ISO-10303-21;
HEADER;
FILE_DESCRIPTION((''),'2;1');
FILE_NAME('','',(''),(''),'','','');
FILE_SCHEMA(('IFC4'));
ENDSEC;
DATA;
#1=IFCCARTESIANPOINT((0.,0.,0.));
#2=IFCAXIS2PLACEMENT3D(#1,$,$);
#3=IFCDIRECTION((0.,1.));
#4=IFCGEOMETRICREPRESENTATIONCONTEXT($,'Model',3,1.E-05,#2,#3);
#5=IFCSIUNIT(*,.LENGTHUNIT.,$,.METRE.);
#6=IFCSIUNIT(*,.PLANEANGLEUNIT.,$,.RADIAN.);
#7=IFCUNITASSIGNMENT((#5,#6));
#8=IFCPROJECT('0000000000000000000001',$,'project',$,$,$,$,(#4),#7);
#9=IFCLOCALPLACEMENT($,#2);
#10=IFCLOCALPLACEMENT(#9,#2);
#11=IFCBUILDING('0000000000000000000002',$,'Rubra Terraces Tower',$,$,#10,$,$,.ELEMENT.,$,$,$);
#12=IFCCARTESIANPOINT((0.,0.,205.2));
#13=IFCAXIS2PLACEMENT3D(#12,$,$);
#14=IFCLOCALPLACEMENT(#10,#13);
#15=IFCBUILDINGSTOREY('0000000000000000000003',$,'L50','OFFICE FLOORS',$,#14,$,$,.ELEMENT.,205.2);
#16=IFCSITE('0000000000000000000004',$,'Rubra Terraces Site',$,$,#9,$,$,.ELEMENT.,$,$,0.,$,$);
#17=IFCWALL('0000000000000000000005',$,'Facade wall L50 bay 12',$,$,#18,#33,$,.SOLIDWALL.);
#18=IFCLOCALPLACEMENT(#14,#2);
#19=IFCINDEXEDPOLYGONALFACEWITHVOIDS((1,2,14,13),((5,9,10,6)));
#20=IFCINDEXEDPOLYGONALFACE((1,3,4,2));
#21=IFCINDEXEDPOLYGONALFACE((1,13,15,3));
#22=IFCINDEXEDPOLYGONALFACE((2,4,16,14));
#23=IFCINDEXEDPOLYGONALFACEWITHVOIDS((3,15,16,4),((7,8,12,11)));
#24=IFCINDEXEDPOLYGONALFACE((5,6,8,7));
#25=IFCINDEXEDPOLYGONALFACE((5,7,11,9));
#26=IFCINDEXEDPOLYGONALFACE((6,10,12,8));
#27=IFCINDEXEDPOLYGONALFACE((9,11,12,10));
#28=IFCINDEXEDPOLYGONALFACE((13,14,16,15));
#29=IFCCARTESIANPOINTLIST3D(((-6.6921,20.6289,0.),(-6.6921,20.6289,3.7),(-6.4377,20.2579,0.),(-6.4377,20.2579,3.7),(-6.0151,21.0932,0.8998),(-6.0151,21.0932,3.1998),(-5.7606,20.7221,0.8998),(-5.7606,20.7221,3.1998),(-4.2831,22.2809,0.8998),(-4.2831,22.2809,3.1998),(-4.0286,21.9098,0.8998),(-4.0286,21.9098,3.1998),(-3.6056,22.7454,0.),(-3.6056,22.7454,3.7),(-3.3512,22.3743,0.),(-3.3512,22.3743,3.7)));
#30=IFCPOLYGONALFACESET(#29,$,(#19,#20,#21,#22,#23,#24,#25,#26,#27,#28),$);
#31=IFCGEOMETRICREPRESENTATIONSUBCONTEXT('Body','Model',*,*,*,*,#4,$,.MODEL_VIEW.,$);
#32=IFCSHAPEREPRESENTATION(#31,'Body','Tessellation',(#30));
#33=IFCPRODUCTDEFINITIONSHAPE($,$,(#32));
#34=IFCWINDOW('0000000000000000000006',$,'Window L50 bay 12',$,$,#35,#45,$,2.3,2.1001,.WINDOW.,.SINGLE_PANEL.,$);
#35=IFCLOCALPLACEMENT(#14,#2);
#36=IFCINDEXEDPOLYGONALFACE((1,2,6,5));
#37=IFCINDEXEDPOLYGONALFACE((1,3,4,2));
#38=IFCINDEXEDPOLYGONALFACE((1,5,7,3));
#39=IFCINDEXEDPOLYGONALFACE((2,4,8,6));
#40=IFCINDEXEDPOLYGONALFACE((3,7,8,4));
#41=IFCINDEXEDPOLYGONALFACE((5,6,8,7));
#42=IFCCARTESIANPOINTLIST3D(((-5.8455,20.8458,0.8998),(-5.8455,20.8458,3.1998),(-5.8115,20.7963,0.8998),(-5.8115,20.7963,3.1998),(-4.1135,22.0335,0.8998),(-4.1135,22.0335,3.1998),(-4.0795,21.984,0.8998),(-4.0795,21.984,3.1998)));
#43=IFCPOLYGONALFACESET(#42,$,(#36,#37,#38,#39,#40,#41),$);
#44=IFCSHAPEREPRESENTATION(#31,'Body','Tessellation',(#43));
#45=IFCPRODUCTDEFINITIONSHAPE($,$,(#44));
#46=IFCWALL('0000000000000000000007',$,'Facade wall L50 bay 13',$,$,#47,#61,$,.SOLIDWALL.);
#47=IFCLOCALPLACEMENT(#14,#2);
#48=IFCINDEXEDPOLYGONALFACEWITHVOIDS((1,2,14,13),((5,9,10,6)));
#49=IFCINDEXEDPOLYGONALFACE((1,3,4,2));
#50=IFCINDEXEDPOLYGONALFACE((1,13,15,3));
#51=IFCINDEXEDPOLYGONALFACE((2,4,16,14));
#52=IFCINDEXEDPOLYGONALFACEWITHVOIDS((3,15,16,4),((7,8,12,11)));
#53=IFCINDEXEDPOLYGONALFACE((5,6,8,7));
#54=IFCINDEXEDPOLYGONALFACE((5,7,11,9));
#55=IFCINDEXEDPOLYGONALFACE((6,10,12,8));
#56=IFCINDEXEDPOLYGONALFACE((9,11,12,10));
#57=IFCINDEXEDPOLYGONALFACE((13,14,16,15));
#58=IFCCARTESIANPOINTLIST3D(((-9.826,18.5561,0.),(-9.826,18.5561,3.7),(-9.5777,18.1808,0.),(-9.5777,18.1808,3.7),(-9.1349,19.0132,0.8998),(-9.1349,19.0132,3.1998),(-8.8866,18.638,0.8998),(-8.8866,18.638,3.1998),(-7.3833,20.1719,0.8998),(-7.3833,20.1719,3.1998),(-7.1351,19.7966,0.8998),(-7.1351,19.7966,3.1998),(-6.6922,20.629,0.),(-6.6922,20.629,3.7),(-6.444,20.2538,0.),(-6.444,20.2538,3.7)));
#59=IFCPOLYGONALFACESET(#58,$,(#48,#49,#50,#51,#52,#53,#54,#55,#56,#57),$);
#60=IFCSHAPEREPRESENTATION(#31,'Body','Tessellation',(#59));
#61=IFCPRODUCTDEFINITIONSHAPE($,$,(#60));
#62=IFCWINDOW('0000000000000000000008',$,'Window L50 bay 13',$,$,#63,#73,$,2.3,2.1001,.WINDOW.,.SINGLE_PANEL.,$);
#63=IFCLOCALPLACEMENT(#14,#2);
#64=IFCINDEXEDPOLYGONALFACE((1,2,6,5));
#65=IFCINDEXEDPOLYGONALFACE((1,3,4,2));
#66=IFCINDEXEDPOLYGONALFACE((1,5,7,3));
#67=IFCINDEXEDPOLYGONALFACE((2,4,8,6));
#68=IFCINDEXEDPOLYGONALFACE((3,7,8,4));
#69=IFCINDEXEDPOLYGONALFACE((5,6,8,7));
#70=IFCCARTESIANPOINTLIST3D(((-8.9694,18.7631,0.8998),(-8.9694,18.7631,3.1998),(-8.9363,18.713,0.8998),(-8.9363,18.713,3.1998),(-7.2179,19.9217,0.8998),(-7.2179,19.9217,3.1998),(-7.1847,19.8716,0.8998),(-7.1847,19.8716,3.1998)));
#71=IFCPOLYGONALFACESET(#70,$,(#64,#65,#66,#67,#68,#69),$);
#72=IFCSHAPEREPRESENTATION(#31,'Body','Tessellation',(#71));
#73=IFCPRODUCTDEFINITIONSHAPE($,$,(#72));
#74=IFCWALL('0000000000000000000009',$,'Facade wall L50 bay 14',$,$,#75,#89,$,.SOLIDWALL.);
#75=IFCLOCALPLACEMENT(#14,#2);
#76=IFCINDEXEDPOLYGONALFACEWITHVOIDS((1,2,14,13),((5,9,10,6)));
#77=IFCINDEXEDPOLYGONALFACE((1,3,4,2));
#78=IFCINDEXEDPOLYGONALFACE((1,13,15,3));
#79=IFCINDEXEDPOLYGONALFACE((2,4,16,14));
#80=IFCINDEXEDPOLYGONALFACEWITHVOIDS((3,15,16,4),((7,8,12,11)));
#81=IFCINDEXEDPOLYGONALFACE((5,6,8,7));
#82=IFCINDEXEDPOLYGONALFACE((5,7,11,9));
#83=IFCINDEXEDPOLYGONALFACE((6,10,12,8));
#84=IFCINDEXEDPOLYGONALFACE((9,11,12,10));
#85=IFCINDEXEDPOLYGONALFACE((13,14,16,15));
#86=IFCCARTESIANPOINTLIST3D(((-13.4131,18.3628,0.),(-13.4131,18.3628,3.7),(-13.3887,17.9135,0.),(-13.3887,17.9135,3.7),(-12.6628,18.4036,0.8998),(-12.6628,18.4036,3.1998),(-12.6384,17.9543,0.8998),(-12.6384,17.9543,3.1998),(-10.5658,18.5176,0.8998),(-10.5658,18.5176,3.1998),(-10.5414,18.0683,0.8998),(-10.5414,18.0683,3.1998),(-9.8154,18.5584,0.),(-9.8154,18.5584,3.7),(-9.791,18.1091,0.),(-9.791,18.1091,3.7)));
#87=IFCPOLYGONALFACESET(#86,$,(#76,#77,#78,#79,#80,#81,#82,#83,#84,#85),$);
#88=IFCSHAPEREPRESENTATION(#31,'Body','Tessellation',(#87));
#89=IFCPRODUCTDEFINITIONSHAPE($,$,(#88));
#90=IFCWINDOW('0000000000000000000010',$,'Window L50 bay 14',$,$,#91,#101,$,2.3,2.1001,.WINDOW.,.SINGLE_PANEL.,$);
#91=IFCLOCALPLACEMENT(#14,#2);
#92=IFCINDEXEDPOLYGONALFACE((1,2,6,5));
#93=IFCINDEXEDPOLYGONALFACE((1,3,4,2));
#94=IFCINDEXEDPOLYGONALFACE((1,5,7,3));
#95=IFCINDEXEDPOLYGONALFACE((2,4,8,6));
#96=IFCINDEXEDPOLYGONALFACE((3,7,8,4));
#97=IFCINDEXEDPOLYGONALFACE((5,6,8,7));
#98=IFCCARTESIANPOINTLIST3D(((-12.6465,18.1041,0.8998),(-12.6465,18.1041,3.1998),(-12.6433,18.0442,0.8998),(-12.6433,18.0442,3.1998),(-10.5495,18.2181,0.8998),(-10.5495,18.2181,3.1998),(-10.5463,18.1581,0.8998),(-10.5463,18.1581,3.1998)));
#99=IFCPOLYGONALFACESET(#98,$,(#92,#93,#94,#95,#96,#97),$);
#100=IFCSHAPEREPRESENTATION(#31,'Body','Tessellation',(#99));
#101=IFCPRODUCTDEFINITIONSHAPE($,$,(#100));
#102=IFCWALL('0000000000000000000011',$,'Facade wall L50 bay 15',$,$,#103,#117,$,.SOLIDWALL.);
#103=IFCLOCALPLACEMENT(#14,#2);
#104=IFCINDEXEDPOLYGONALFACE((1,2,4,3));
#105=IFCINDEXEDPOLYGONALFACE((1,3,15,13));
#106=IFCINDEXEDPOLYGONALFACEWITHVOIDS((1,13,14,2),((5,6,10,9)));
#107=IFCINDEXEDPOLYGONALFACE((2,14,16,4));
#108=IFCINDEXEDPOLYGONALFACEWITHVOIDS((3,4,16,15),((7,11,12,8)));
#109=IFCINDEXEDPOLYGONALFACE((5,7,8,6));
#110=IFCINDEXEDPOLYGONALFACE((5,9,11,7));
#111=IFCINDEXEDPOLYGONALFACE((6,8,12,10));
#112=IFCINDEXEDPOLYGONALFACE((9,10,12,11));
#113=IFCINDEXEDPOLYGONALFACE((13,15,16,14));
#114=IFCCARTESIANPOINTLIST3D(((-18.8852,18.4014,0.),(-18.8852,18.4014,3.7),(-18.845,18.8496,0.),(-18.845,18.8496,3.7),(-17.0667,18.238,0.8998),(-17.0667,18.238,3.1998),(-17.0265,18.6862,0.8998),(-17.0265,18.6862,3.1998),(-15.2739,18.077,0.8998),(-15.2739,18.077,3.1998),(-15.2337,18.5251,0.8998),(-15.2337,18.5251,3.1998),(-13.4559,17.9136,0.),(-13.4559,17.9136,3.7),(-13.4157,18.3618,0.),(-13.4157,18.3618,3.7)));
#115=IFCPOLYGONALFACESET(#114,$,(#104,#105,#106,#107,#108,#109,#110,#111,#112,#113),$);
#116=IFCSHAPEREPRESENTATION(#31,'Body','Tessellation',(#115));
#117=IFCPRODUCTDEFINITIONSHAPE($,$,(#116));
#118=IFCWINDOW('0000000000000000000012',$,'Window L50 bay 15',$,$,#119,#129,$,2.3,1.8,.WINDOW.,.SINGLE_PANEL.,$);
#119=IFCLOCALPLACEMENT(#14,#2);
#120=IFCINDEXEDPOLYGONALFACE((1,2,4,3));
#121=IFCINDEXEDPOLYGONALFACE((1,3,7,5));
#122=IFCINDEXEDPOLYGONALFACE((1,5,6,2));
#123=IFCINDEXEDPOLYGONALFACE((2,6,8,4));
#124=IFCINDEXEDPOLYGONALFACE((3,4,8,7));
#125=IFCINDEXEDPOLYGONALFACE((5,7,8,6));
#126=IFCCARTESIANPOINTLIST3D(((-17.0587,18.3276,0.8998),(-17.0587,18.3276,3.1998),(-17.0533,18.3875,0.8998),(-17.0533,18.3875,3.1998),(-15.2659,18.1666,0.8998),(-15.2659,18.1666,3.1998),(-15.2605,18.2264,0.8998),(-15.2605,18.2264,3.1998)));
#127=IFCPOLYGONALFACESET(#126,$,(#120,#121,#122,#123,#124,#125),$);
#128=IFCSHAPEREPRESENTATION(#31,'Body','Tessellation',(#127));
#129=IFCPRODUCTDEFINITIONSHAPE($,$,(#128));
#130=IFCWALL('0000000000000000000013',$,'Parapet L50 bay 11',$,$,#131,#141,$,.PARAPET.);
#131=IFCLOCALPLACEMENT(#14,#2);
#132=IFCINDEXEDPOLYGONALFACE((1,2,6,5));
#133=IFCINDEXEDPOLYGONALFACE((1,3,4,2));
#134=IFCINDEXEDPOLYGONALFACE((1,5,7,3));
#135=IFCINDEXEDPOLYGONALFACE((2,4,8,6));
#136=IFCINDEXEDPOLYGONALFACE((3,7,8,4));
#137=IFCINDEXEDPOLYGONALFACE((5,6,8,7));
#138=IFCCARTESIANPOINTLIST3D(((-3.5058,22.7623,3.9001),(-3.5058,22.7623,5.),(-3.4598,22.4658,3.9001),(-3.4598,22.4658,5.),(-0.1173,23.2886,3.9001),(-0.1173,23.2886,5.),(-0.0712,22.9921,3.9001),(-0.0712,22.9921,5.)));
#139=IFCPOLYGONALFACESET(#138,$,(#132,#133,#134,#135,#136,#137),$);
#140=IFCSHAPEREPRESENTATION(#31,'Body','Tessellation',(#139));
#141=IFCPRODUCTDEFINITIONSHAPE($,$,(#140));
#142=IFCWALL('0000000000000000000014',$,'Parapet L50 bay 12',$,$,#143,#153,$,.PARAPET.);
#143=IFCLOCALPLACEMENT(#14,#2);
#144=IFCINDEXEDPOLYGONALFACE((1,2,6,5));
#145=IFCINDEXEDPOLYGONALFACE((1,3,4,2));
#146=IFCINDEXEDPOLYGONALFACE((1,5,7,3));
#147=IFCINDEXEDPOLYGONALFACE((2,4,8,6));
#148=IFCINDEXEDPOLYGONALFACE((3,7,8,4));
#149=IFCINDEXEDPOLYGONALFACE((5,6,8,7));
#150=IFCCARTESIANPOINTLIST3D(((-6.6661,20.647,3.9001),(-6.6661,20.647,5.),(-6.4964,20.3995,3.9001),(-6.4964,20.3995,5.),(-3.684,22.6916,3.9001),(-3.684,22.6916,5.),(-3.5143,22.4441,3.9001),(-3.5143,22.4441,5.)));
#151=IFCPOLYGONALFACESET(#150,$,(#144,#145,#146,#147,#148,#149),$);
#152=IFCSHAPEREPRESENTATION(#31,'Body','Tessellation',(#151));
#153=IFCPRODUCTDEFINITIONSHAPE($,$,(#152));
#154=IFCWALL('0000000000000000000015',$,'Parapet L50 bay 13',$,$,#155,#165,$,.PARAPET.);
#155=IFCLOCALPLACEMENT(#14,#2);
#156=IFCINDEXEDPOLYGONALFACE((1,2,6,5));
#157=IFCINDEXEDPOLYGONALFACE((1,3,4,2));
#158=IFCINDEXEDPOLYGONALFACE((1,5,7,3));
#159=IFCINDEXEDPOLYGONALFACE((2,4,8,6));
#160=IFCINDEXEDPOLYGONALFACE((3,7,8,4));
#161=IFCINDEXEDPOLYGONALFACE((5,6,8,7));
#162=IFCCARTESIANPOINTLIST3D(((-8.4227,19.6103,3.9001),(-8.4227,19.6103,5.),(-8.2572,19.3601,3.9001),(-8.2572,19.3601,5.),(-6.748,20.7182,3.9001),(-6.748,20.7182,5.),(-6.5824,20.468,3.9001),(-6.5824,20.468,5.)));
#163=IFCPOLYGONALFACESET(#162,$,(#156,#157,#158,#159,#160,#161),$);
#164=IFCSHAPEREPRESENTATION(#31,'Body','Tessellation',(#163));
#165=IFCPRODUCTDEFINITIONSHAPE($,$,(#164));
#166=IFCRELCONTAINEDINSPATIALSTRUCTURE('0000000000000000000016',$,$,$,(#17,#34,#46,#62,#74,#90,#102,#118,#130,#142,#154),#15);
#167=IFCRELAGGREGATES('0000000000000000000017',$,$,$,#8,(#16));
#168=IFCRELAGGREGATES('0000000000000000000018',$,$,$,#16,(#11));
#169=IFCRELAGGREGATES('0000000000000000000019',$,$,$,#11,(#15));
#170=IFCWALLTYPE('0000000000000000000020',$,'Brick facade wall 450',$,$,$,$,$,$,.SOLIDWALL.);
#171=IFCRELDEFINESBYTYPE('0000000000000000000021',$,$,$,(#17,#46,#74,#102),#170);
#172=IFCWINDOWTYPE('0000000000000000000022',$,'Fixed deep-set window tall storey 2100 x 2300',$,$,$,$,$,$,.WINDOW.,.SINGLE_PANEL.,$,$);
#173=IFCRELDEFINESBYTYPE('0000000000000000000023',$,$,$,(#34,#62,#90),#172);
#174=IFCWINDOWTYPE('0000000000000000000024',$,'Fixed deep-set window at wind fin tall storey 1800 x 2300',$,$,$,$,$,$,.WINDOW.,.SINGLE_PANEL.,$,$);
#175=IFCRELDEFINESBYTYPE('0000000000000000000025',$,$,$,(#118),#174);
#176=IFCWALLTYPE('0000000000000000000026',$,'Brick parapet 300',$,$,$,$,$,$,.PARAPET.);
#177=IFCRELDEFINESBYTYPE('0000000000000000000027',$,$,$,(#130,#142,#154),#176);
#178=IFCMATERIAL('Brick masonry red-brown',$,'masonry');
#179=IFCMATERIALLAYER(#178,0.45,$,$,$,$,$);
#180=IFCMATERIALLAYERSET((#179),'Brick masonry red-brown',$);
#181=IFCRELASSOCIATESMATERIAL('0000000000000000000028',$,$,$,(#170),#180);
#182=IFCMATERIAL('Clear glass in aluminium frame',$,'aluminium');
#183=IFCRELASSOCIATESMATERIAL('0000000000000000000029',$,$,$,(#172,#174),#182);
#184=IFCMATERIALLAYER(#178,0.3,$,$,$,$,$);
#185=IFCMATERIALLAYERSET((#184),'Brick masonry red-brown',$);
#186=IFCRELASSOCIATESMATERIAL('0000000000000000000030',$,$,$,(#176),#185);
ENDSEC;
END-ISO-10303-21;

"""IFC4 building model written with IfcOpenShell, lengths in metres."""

from ifc_helpers import new_model, si_unit, direction, frame, frame_2d, origin, place, context, subcontext, project, spatial, rectangle, extrude, material, layer, layer_set, type_object, element, fill, save


model = new_model("IFC4")

# Units and contexts
model_context = context("Model", 3, precision=1e-05, world=origin(), true_north=direction((0.0, 1.0)))
body_context = subcontext(model_context, "Body", "Model", "MODEL_VIEW")
ifc_project = project(units=[si_unit("LENGTHUNIT", "METRE"), si_unit("PLANEANGLEUNIT", "RADIAN")], contexts=[model_context])

# Site, building, storey
site_placement = place(None, origin())
site = spatial("IfcSite", under=ifc_project, at=site_placement, Name="Rubra Terraces Site", CompositionType="ELEMENT", RefElevation=0.0)
building_placement = place(site_placement, origin())
building = spatial("IfcBuilding", under=site, at=building_placement, Name="Rubra Terraces Tower", CompositionType="ELEMENT")
storey_placement = place(building_placement, frame((0.0, 0.0, 205.2)))
storey = spatial("IfcBuildingStorey", under=building, at=storey_placement, Name="L50", Description="OFFICE FLOORS", CompositionType="ELEMENT", Elevation=205.2)

# Walls, openings, windows
ifc_material_1 = material(Name="Brick masonry red-brown", Category="masonry")
ifc_layer_1 = layer(ifc_material_1, 0.45)
ifc_layer_set_1 = layer_set([ifc_layer_1], Name="Brick masonry red-brown")
wall_type_1 = type_object("IfcWallType", Name="Brick facade wall 450", PredefinedType="SOLIDWALL", material=ifc_layer_set_1)
wall_1_placement = place(storey_placement, frame((-3.4785, 22.5598, 0.0), z_axis=(0.0, 0.0, 1.0), x_axis=(-0.824723, -0.565537, 0.0)))
wall_1 = element("IfcWall", 1, at=wall_1_placement, inside=storey, type_object=wall_type_1, Name="Facade wall L50 bay 12", PredefinedType="SOLIDWALL", context=body_context, shape_type="SweptSolid", body=[
    extrude(rectangle(XDim=3.7424, YDim=0.45, at=frame_2d((1.8711, 0.0))), origin(), (0.0, 0.0, 1.0), 3.7),
])
opening_1_placement = place(wall_1_placement, frame((0.8213, 0.0, 0.8999)))
opening_1 = element("IfcOpeningElement", 2, at=opening_1_placement, cuts=wall_1, PredefinedType="OPENING", context=body_context, shape_type="SweptSolid", body=[
    extrude(rectangle(XDim=2.1001, YDim=2.3, at=frame_2d((1.05, 1.1499))), frame((0.0, 0.2349, 0.0), z_axis=(0.0, -1.0, 0.0), x_axis=(1.0, 0.0, 0.0)), (0.0, 0.0, 1.0), 0.47),
])
ifc_material_2 = material(Name="Clear glass in aluminium frame", Category="aluminium")
window_type_1 = type_object("IfcWindowType", Name="Fixed deep-set window tall storey 2100 x 2300", PartitioningType="SINGLE_PANEL", PredefinedType="WINDOW", material=ifc_material_2)
window_1_placement = place(opening_1_placement, origin())
window_1 = element("IfcWindow", 3, at=window_1_placement, inside=storey, type_object=window_type_1, Name="Window L50 bay 12", OverallHeight=2.3, OverallWidth=2.1001, PartitioningType="SINGLE_PANEL", PredefinedType="WINDOW", context=body_context, shape_type="SweptSolid", body=[
    extrude(rectangle(XDim=2.1001, YDim=2.3, at=frame_2d((1.05, 1.1499))), frame((0.0, 0.135, 0.0), z_axis=(0.0, -1.0, 0.0), x_axis=(1.0, 0.0, 0.0)), (0.0, 0.0, 1.0), 0.0601),
])
fill(opening_1, window_1)
wall_2_placement = place(storey_placement, frame((-6.5681, 20.4414, 0.0), z_axis=(0.0, 0.0, 1.0), x_axis=(-0.834034, -0.551713, 0.0)))
wall_2 = element("IfcWall", 4, at=wall_2_placement, inside=storey, type_object=wall_type_1, Name="Facade wall L50 bay 13", PredefinedType="SOLIDWALL", context=body_context, shape_type="SweptSolid", body=[
    extrude(rectangle(XDim=3.7573, YDim=0.45, at=frame_2d((1.8787, 0.0))), origin(), (0.0, 0.0, 1.0), 3.7),
])
opening_2_placement = place(wall_2_placement, frame((0.8286, 0.0, 0.8999)))
opening_2 = element("IfcOpeningElement", 5, at=opening_2_placement, cuts=wall_2, PredefinedType="OPENING", context=body_context, shape_type="SweptSolid", body=[
    extrude(rectangle(XDim=2.1001, YDim=2.3, at=frame_2d((1.05, 1.1499))), frame((0.0, 0.2349, 0.0), z_axis=(0.0, -1.0, 0.0), x_axis=(1.0, 0.0, 0.0)), (0.0, 0.0, 1.0), 0.47),
])
window_2_placement = place(opening_2_placement, origin())
window_2 = element("IfcWindow", 6, at=window_2_placement, inside=storey, type_object=window_type_1, Name="Window L50 bay 13", OverallHeight=2.3, OverallWidth=2.1001, PartitioningType="SINGLE_PANEL", PredefinedType="WINDOW", context=body_context, shape_type="SweptSolid", body=[
    extrude(rectangle(XDim=2.1001, YDim=2.3, at=frame_2d((1.05, 1.1499))), frame((0.0, 0.135, 0.0), z_axis=(0.0, -1.0, 0.0), x_axis=(1.0, 0.0, 0.0)), (0.0, 0.0, 1.0), 0.0601),
])
fill(opening_2, window_2)
wall_3_placement = place(storey_placement, frame((-9.8032, 18.3337, 0.0), z_axis=(0.0, 0.0, 1.0), x_axis=(-0.998526, -0.054277, 0.0)))
wall_3 = element("IfcWall", 7, at=wall_3_placement, inside=storey, type_object=wall_type_1, Name="Facade wall L50 bay 14", PredefinedType="SOLIDWALL", context=body_context, shape_type="SweptSolid", body=[
    extrude(rectangle(XDim=3.603, YDim=0.45, at=frame_2d((1.8015, 0.0))), origin(), (0.0, 0.0, 1.0), 3.7),
])
opening_3_placement = place(wall_3_placement, frame((0.7515, 0.0, 0.8999)))
opening_3 = element("IfcOpeningElement", 8, at=opening_3_placement, cuts=wall_3, PredefinedType="OPENING", context=body_context, shape_type="SweptSolid", body=[
    extrude(rectangle(XDim=2.1001, YDim=2.3, at=frame_2d((1.05, 1.1499))), frame((0.0, 0.2349, 0.0), z_axis=(0.0, -1.0, 0.0), x_axis=(1.0, 0.0, 0.0)), (0.0, 0.0, 1.0), 0.47),
])
window_3_placement = place(opening_3_placement, origin())
window_3 = element("IfcWindow", 9, at=window_3_placement, inside=storey, type_object=window_type_1, Name="Window L50 bay 14", OverallHeight=2.3, OverallWidth=2.1001, PartitioningType="SINGLE_PANEL", PredefinedType="WINDOW", context=body_context, shape_type="SweptSolid", body=[
    extrude(rectangle(XDim=2.1001, YDim=2.3, at=frame_2d((1.05, 1.1499))), frame((0.0, 0.135, 0.0), z_axis=(0.0, -1.0, 0.0), x_axis=(1.0, 0.0, 0.0)), (0.0, 0.0, 1.0), 0.0601),
])
fill(opening_3, window_3)
wall_4_placement = place(storey_placement, frame((-13.4358, 18.1377, 0.0), z_axis=(0.0, 0.0, 1.0), x_axis=(-0.995988, 0.089486, 0.0)))
wall_4 = element("IfcWall", 10, at=wall_4_placement, inside=storey, type_object=wall_type_1, Name="Facade wall L50 bay 15", PredefinedType="SOLIDWALL", context=body_context, shape_type="SweptSolid", body=[
    extrude(rectangle(XDim=5.4512, YDim=0.45, at=frame_2d((2.7256, 0.0))), origin(), (0.0, 0.0, 1.0), 3.7),
])
opening_4_placement = place(wall_4_placement, frame((1.8254, 0.0, 0.8999)))
opening_4 = element("IfcOpeningElement", 11, at=opening_4_placement, cuts=wall_4, PredefinedType="OPENING", context=body_context, shape_type="SweptSolid", body=[
    extrude(rectangle(XDim=1.8, YDim=2.3, at=frame_2d((0.8999, 1.1499))), frame((0.0, 0.2349, 0.0), z_axis=(0.0, -1.0, 0.0), x_axis=(1.0, 0.0, 0.0)), (0.0, 0.0, 1.0), 0.47),
])
window_type_2 = type_object("IfcWindowType", Name="Fixed deep-set window at wind fin tall storey 1800 x 2300", PartitioningType="SINGLE_PANEL", PredefinedType="WINDOW", material=ifc_material_2)
window_4_placement = place(opening_4_placement, origin())
window_4 = element("IfcWindow", 12, at=window_4_placement, inside=storey, type_object=window_type_2, Name="Window L50 bay 15", OverallHeight=2.3, OverallWidth=1.8, PartitioningType="SINGLE_PANEL", PredefinedType="WINDOW", context=body_context, shape_type="SweptSolid", body=[
    extrude(rectangle(XDim=1.8, YDim=2.3, at=frame_2d((0.8999, 1.1499))), frame((0.0, 0.135, 0.0), z_axis=(0.0, -1.0, 0.0), x_axis=(1.0, 0.0, 0.0)), (0.0, 0.0, 1.0), 0.0601),
])
fill(opening_4, window_4)

# Walls
ifc_layer_2 = layer(ifc_material_1, 0.3)
ifc_layer_set_2 = layer_set([ifc_layer_2], Name="Brick masonry red-brown")
wall_type_2 = type_object("IfcWallType", Name="Brick parapet 300", PredefinedType="PARAPET", material=ifc_layer_set_2)
wall_5_placement = place(storey_placement, frame((-0.0942, 23.1404, 3.9001), z_axis=(0.0, 0.0, 1.0), x_axis=(-0.98815, -0.153491, 0.0)))
element("IfcWall", 13, at=wall_5_placement, inside=storey, type_object=wall_type_2, Name="Parapet L50 bay 11", PredefinedType="PARAPET", context=body_context, shape_type="SweptSolid", body=[
    extrude(rectangle(XDim=3.4292, YDim=0.3, at=frame_2d((1.7146, 0.0))), origin(), (0.0, 0.0, 1.0), 1.0999),
])
wall_6_placement = place(storey_placement, frame((-3.5991, 22.5679, 3.9001), z_axis=(0.0, 0.0, 1.0), x_axis=(-0.82476, -0.565482, 0.0)))
element("IfcWall", 14, at=wall_6_placement, inside=storey, type_object=wall_type_2, Name="Parapet L50 bay 12", PredefinedType="PARAPET", context=body_context, shape_type="SweptSolid", body=[
    extrude(rectangle(XDim=3.6157, YDim=0.3, at=frame_2d((1.8079, 0.0))), origin(), (0.0, 0.0, 1.0), 1.0999),
])
wall_7_placement = place(storey_placement, frame((-6.6653, 20.593, 3.9001), z_axis=(0.0, 0.0, 1.0), x_axis=(-0.834028, -0.551723, 0.0)))
element("IfcWall", 15, at=wall_7_placement, inside=storey, type_object=wall_type_2, Name="Parapet L50 bay 13", PredefinedType="PARAPET", context=body_context, shape_type="SweptSolid", body=[
    extrude(rectangle(XDim=2.0081, YDim=0.3, at=frame_2d((1.0039, 0.0))), origin(), (0.0, 0.0, 1.0), 1.0999),
])

save(model, "model.ifc")
